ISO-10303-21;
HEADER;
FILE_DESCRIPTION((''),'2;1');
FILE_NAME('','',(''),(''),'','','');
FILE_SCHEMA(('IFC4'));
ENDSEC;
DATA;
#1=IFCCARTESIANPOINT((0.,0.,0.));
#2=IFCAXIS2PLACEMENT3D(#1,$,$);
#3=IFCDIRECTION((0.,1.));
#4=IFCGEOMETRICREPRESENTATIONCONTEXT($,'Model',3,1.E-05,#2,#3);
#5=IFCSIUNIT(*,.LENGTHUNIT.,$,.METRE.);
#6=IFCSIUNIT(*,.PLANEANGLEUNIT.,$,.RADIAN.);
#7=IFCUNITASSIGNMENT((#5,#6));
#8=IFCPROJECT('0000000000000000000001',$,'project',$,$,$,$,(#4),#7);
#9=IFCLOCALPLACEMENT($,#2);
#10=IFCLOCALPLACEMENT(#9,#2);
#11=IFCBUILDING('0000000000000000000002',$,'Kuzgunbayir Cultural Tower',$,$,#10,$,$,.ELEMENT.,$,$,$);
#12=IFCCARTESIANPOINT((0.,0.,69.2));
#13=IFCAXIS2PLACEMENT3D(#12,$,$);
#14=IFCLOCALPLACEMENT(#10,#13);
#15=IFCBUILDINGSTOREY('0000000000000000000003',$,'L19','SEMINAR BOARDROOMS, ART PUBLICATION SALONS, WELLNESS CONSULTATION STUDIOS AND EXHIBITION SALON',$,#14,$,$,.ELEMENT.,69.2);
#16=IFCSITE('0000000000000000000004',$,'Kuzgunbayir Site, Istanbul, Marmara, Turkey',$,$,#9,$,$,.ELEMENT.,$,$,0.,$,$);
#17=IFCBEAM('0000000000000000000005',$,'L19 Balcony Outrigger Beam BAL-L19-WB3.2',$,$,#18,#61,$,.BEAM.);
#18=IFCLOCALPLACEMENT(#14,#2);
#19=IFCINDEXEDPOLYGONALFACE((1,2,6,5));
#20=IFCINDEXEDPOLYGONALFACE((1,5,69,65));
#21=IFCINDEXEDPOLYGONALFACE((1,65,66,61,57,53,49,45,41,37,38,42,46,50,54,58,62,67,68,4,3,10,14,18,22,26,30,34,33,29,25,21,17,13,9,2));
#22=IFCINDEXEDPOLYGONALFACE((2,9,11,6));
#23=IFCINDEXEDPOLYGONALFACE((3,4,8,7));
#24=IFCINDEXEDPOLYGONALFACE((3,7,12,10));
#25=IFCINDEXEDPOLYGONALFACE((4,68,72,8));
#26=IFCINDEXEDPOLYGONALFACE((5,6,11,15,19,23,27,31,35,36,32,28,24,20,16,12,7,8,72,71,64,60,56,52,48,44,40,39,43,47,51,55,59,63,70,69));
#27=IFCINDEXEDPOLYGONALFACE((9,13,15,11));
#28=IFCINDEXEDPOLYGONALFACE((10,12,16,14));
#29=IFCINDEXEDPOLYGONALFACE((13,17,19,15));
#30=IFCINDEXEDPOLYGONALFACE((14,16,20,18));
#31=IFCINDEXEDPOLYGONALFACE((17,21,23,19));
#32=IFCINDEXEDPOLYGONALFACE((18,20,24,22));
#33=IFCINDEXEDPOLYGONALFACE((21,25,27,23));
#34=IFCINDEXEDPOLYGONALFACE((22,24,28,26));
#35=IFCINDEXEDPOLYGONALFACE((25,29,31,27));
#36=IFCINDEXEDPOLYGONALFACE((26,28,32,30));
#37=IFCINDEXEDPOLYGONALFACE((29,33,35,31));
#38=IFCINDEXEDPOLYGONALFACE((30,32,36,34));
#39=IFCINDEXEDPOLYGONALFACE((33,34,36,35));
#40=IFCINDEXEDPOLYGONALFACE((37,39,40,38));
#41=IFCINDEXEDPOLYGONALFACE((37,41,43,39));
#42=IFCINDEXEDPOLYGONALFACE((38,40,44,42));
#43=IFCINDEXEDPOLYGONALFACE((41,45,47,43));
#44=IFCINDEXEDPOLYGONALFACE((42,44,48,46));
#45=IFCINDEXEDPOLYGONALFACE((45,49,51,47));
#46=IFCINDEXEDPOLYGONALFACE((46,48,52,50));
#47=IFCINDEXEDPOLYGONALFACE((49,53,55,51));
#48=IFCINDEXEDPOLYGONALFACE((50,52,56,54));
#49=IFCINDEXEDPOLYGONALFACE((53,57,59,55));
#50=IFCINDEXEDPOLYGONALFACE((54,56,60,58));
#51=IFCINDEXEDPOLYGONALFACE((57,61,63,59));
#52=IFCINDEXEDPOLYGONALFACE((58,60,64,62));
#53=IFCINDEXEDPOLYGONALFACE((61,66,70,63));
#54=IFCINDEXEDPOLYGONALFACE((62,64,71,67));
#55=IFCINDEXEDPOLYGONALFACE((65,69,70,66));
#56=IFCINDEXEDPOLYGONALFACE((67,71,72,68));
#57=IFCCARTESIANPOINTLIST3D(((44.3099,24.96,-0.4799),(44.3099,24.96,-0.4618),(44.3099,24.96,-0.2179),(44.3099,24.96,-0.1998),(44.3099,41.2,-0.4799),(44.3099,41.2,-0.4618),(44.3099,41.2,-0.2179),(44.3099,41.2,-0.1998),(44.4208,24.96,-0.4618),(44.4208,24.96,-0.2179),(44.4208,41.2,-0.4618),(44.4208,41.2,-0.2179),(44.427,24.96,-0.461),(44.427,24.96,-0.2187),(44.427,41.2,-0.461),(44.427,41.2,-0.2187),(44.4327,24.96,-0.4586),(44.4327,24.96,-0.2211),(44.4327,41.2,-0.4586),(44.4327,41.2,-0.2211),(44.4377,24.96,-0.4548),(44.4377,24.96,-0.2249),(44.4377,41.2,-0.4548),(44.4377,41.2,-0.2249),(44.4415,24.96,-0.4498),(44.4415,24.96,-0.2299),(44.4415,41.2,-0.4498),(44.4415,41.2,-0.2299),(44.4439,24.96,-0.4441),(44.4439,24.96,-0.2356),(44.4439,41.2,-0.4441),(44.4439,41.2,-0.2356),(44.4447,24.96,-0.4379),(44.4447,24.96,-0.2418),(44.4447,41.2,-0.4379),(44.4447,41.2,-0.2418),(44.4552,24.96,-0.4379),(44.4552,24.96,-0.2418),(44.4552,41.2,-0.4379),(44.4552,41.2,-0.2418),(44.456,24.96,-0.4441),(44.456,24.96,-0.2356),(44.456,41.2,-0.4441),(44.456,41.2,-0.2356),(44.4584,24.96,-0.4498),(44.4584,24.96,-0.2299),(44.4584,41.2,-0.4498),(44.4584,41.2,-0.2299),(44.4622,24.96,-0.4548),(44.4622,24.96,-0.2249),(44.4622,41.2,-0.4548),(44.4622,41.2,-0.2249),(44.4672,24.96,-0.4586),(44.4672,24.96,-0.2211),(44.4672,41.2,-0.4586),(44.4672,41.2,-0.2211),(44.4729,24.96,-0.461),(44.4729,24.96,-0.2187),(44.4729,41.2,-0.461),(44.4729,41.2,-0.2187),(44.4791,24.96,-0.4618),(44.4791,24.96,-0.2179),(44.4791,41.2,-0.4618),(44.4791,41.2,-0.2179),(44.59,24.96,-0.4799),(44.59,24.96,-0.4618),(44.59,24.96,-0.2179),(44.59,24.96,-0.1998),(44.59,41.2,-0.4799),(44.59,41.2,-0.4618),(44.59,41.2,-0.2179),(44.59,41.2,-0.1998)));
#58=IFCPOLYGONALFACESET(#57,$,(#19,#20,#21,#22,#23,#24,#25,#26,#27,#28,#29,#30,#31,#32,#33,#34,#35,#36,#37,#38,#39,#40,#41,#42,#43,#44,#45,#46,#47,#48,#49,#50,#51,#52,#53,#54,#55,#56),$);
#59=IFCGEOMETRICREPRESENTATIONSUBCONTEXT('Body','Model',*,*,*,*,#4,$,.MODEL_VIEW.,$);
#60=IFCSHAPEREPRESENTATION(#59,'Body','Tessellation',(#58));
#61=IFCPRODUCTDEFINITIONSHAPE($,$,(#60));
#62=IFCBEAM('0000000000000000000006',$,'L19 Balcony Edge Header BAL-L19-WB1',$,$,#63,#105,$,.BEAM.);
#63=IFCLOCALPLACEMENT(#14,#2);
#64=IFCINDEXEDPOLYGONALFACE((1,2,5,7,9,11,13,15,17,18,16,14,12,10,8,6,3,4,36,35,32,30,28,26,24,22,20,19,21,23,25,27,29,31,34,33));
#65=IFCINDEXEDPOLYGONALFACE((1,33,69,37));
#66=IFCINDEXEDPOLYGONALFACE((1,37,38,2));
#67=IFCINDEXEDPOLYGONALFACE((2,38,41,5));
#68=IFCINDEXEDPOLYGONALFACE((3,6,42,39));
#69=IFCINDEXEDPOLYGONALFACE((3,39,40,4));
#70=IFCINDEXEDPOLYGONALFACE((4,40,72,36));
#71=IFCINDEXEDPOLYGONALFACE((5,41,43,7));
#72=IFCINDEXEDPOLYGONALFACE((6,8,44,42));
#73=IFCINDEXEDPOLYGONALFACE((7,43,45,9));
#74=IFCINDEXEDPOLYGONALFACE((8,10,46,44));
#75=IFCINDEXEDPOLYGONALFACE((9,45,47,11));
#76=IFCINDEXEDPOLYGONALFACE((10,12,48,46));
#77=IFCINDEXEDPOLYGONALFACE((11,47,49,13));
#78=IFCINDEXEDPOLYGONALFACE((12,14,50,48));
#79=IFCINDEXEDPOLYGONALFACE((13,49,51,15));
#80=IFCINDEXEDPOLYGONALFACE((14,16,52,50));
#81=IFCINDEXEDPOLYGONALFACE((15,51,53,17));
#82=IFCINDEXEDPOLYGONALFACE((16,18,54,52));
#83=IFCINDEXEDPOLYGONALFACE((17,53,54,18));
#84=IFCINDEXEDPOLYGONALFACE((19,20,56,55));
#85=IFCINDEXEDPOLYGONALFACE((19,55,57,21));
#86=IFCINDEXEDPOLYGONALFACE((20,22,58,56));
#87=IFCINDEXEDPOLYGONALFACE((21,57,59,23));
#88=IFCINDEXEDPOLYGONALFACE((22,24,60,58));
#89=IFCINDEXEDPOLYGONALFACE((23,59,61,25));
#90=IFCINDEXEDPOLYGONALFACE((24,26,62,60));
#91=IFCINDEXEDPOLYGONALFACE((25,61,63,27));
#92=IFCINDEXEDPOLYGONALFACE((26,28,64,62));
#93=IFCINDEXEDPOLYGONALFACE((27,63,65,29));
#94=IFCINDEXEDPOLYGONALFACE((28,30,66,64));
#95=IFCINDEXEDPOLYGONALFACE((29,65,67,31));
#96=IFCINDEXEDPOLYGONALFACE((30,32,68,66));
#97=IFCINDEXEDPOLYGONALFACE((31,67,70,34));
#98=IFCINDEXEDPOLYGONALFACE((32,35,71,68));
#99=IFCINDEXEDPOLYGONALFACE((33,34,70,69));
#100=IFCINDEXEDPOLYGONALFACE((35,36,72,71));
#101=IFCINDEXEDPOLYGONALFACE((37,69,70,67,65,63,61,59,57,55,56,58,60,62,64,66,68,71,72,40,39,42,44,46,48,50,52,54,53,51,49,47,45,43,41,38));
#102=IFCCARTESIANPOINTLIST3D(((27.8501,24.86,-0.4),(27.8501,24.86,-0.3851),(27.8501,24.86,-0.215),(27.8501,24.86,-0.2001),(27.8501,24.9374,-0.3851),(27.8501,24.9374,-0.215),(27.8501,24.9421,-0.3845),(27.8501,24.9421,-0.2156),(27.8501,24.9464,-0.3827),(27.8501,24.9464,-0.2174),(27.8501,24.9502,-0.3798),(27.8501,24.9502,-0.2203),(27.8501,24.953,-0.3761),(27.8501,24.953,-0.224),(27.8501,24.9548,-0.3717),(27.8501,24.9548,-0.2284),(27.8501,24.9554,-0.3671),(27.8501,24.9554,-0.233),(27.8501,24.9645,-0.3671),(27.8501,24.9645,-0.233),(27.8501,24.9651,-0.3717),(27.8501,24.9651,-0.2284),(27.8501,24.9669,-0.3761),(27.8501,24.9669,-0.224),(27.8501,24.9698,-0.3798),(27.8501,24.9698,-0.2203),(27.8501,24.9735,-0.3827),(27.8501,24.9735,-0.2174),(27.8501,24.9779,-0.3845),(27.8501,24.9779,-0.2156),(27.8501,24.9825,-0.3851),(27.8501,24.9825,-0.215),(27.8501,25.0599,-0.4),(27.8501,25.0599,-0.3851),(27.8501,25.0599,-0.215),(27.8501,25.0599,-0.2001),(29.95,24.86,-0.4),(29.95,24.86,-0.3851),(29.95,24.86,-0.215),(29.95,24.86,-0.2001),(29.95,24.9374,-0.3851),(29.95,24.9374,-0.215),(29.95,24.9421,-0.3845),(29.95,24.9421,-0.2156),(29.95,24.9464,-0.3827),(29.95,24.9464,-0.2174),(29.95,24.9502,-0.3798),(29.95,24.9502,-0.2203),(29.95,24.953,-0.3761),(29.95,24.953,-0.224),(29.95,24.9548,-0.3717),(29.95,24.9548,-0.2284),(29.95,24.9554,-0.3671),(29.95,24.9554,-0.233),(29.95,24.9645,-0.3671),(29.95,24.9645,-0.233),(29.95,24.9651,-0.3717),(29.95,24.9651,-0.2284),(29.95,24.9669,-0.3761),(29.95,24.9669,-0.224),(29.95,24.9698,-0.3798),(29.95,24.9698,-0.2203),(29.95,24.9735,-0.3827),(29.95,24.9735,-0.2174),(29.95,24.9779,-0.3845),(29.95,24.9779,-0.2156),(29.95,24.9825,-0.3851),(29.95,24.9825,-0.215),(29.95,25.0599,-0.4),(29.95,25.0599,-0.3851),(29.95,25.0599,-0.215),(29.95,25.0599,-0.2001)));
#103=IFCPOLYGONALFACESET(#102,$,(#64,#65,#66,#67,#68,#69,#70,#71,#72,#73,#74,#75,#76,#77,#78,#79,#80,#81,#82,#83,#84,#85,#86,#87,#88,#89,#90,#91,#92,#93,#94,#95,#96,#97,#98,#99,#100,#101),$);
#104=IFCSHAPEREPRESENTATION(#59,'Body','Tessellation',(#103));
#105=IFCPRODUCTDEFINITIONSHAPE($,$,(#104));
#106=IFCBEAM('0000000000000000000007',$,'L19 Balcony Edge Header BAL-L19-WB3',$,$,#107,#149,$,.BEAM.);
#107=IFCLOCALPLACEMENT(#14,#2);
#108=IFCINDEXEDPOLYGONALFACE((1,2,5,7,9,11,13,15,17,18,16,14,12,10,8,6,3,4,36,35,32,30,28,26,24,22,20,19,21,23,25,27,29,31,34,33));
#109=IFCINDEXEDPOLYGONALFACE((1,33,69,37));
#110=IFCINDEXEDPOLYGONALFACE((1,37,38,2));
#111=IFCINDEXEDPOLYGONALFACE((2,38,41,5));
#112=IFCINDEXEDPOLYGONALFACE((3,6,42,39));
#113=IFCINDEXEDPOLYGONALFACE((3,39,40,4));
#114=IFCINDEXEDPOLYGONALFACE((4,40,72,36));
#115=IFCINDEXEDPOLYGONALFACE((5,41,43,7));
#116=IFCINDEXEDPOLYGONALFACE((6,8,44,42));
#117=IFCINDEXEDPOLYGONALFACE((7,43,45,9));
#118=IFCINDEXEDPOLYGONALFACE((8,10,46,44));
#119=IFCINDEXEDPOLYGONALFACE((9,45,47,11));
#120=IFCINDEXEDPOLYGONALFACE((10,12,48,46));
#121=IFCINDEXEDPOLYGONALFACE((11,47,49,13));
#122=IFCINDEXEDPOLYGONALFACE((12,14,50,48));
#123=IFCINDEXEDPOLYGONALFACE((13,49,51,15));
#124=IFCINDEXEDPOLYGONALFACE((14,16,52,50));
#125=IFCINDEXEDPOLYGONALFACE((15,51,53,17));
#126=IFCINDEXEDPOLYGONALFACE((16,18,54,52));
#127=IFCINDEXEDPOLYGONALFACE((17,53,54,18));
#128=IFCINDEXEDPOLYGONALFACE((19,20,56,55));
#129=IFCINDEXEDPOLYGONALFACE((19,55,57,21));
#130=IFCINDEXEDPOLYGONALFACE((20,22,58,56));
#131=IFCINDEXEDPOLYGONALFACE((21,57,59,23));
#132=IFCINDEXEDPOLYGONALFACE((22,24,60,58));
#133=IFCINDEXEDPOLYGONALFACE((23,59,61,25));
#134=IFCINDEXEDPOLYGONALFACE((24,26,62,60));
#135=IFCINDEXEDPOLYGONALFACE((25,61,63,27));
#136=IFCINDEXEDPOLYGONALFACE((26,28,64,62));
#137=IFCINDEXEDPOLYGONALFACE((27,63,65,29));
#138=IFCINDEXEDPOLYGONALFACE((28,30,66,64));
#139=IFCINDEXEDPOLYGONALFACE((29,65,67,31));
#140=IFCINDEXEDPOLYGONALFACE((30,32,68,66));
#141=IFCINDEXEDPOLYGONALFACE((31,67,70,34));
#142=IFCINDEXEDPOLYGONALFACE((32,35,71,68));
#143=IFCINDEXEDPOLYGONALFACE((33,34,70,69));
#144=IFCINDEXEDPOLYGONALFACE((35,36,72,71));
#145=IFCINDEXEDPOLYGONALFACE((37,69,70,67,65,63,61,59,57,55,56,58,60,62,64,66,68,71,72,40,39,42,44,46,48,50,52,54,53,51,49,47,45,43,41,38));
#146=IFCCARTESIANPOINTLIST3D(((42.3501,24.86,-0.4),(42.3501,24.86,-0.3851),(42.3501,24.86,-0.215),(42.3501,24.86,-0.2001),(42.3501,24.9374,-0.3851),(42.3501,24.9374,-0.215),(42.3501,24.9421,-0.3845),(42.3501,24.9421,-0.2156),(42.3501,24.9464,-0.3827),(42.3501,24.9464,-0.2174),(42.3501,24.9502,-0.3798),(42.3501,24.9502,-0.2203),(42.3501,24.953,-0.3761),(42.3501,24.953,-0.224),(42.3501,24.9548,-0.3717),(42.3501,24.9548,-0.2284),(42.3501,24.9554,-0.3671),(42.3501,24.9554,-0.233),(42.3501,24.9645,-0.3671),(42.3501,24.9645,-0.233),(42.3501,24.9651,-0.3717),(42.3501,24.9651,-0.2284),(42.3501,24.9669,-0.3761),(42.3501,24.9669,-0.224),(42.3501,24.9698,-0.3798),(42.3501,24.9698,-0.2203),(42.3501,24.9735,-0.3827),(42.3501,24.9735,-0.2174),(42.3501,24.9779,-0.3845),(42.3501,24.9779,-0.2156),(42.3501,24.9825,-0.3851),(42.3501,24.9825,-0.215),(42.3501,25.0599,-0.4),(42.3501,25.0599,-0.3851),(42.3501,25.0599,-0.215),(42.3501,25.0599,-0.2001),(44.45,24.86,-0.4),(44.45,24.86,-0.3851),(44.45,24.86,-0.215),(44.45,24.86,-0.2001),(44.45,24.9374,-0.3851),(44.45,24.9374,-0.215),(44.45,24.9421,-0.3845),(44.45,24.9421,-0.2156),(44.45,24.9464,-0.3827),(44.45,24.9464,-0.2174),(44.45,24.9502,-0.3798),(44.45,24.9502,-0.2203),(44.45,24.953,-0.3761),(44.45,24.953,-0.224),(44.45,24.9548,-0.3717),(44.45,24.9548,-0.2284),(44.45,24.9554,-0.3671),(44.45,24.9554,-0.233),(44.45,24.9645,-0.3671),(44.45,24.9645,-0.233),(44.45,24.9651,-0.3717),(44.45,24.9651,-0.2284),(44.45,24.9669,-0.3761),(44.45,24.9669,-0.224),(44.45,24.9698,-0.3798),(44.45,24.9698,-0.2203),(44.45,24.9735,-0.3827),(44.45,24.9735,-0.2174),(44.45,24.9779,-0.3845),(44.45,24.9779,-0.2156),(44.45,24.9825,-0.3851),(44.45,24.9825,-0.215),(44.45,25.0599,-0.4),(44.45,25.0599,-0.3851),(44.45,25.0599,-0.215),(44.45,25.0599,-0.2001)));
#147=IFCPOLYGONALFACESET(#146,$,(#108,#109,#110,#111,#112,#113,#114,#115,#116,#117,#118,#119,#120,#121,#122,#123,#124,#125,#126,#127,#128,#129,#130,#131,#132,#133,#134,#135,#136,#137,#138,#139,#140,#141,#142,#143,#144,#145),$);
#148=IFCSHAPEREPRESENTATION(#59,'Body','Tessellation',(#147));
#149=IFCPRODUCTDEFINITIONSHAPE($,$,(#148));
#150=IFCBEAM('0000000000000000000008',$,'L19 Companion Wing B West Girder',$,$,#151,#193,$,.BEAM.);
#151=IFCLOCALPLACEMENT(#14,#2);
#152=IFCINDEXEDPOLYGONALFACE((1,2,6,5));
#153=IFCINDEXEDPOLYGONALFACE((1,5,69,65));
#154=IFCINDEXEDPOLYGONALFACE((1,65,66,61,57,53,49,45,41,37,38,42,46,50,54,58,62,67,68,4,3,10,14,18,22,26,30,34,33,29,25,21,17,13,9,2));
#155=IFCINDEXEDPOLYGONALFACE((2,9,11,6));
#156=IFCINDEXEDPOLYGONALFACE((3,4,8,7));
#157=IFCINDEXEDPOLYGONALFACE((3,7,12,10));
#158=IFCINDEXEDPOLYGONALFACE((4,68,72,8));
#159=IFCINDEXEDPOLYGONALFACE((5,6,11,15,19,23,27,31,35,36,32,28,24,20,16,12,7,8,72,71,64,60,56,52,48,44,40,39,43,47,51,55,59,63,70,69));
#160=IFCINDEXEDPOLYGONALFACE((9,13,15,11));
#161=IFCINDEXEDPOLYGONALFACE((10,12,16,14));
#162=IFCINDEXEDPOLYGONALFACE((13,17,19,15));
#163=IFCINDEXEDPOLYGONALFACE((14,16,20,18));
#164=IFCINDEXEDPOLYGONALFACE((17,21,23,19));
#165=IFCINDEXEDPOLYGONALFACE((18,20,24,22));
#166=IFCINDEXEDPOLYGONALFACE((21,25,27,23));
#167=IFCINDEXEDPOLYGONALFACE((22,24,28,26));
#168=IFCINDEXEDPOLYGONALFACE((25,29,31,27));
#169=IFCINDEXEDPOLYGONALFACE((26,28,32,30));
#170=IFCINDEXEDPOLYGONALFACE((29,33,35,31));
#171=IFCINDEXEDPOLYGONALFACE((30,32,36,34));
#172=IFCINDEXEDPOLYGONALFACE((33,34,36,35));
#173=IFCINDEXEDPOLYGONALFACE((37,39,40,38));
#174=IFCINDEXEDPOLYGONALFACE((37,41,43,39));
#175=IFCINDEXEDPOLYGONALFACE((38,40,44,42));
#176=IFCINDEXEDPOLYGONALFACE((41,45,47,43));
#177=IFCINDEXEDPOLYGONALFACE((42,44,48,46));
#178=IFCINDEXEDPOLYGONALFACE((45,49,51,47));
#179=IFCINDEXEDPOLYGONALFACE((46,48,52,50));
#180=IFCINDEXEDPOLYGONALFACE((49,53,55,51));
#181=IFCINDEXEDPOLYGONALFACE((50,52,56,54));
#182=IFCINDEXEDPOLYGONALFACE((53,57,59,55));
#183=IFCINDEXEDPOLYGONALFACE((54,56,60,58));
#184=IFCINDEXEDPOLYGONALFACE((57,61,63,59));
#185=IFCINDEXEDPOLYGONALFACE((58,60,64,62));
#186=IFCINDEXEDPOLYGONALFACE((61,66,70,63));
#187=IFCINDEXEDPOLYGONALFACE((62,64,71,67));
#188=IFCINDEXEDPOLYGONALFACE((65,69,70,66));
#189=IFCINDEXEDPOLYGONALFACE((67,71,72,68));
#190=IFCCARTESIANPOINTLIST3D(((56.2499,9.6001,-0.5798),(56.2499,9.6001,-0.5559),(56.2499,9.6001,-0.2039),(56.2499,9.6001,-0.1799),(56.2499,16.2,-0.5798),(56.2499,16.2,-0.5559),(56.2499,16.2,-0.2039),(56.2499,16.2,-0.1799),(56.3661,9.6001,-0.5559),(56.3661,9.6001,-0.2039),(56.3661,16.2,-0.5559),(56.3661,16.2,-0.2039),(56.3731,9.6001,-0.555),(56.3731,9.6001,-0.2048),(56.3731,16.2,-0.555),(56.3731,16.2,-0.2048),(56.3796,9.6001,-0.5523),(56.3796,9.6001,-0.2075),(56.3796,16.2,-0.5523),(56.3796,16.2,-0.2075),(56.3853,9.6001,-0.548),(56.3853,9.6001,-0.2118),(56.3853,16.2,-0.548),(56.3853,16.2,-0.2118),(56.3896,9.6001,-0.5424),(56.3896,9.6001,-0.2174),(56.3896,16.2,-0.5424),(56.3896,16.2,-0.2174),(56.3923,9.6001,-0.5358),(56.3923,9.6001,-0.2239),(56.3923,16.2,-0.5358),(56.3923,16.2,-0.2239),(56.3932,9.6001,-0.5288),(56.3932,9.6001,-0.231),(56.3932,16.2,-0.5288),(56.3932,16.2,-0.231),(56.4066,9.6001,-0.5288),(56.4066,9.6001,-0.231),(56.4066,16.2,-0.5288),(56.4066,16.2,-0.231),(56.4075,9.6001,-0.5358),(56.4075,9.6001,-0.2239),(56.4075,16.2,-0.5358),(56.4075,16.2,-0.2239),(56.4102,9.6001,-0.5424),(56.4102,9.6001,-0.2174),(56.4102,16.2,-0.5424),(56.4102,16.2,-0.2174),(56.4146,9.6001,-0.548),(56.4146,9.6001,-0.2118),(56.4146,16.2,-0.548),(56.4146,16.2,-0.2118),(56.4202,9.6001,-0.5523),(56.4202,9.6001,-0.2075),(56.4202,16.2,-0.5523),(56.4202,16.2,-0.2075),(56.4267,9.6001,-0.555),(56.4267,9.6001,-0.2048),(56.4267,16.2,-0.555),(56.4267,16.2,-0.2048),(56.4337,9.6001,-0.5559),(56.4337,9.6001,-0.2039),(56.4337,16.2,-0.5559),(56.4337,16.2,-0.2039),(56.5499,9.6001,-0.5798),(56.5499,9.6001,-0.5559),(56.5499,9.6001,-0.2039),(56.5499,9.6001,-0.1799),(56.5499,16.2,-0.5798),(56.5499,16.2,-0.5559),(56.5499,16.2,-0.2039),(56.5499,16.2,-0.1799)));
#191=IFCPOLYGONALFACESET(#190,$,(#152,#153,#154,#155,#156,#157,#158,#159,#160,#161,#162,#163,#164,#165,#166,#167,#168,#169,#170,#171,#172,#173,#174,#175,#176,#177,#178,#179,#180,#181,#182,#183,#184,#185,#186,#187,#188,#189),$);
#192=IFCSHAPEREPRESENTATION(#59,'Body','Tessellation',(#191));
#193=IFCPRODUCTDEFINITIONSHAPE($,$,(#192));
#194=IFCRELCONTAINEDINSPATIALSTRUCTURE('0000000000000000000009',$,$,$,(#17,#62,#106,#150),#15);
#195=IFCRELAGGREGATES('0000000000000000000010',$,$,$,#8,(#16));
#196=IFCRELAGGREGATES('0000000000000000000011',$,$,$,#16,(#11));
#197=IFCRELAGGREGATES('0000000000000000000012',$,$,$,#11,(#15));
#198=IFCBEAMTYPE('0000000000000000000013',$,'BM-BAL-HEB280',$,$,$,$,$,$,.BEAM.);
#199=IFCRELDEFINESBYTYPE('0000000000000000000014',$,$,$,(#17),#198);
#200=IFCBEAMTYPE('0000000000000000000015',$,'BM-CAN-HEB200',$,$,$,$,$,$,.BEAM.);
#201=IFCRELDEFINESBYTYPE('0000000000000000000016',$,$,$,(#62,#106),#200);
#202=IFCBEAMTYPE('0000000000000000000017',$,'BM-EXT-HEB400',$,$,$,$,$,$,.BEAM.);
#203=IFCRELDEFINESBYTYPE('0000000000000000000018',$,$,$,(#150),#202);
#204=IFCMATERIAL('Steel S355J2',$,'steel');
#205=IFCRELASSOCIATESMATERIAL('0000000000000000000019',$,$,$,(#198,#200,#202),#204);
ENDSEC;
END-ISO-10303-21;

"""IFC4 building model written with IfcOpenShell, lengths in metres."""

from ifc_helpers import new_model, si_unit, direction, frame, origin, origin_2d, place, context, subcontext, project, spatial, i_section, extrude, material, material_profile, profile_set, type_object, element, save


model = new_model("IFC4")

# Units and contexts
model_context = context("Model", 3, precision=1e-05, world=origin(), true_north=direction((0.0, 1.0)))
body_context = subcontext(model_context, "Body", "Model", "MODEL_VIEW")
ifc_project = project(units=[si_unit("LENGTHUNIT", "METRE"), si_unit("PLANEANGLEUNIT", "RADIAN")], contexts=[model_context])

# Site, building, storey
site_placement = place(None, origin())
site = spatial("IfcSite", under=ifc_project, at=site_placement, Name="Kuzgunbayir Site, Istanbul, Marmara, Turkey", CompositionType="ELEMENT", RefElevation=0.0)
building_placement = place(site_placement, origin())
building = spatial("IfcBuilding", under=site, at=building_placement, Name="Kuzgunbayir Cultural Tower", CompositionType="ELEMENT")
storey_placement = place(building_placement, frame((0.0, 0.0, 69.2)))
storey = spatial("IfcBuildingStorey", under=building, at=storey_placement, Name="L19", Description="SEMINAR BOARDROOMS, ART PUBLICATION SALONS, WELLNESS CONSULTATION STUDIOS AND EXHIBITION SALON", CompositionType="ELEMENT", Elevation=69.2)

# Beams
ifc_material_1 = material(Name="Steel S355J2", Category="steel")
ifc_material_profile_1 = material_profile(ifc_material_1, i_section(OverallWidth=0.28, OverallDepth=0.28, WebThickness=0.0105, FlangeThickness=0.0181, FilletRadius=0.0239, at=origin_2d()), Name="HEB 280")
ifc_profile_set_1 = profile_set([ifc_material_profile_1], Name="Steel S355J2")
beam_type_1 = type_object("IfcBeamType", Name="BM-BAL-HEB280", PredefinedType="BEAM", material=ifc_profile_set_1)
for number, where, z_axis, x_axis, name in (
    (1, (44.45, 24.96, -0.3398), (0.0, 1.0, 0.0), (-1.0, 0.0, 0.0), "L19 Balcony Outrigger Beam BAL-L19-WB3.2"),
):
    element("IfcBeam", number, at=place(storey_placement, frame(where, z_axis=z_axis, x_axis=x_axis)), inside=storey, type_object=beam_type_1, Name=name, PredefinedType="BEAM", context=body_context, shape_type="SweptSolid", body=[
        extrude(i_section(OverallWidth=0.28, OverallDepth=0.28, WebThickness=0.0105, FlangeThickness=0.0181, FilletRadius=0.0239, at=origin_2d()), origin(), (0.0, 0.0, 1.0), 16.24),
    ])
ifc_material_profile_2 = material_profile(ifc_material_1, i_section(OverallWidth=0.2, OverallDepth=0.2, WebThickness=0.009, FlangeThickness=0.0149, FilletRadius=0.0181, at=origin_2d()), Name="HEB 200")
ifc_profile_set_2 = profile_set([ifc_material_profile_2], Name="Steel S355J2")
beam_type_2 = type_object("IfcBeamType", Name="BM-CAN-HEB200", PredefinedType="BEAM", material=ifc_profile_set_2)
for number, where, z_axis, x_axis, name in (
    (2, (27.8501, 24.96, -0.3), (1.0, 0.0, 0.0), (0.0, 1.0, 0.0), "L19 Balcony Edge Header BAL-L19-WB1"),
    (3, (42.3501, 24.96, -0.3), (1.0, 0.0, 0.0), (0.0, 1.0, 0.0), "L19 Balcony Edge Header BAL-L19-WB3"),
):
    element("IfcBeam", number, at=place(storey_placement, frame(where, z_axis=z_axis, x_axis=x_axis)), inside=storey, type_object=beam_type_2, Name=name, PredefinedType="BEAM", context=body_context, shape_type="SweptSolid", body=[
        extrude(i_section(OverallWidth=0.2, OverallDepth=0.2, WebThickness=0.009, FlangeThickness=0.0149, FilletRadius=0.0181, at=origin_2d()), origin(), (0.0, 0.0, 1.0), 2.0999),
    ])
ifc_material_profile_3 = material_profile(ifc_material_1, i_section(OverallWidth=0.3, OverallDepth=0.3999, WebThickness=0.0134, FlangeThickness=0.0239, FilletRadius=0.0271, at=origin_2d()), Name="HEB 400")
ifc_profile_set_3 = profile_set([ifc_material_profile_3], Name="Steel S355J2")
beam_type_3 = type_object("IfcBeamType", Name="BM-EXT-HEB400", PredefinedType="BEAM", material=ifc_profile_set_3)
beam_1_placement = place(storey_placement, frame((56.3999, 9.6001, -0.3799), z_axis=(0.0, 1.0, 0.0), x_axis=(-1.0, 0.0, 0.0)))
element("IfcBeam", 4, at=beam_1_placement, inside=storey, type_object=beam_type_3, Name="L19 Companion Wing B West Girder", PredefinedType="BEAM", context=body_context, shape_type="SweptSolid", body=[
    extrude(i_section(OverallWidth=0.3, OverallDepth=0.3999, WebThickness=0.0134, FlangeThickness=0.0239, FilletRadius=0.0271, at=origin_2d()), origin(), (0.0, 0.0, 1.0), 6.5999),
])

save(model, "model.ifc")
